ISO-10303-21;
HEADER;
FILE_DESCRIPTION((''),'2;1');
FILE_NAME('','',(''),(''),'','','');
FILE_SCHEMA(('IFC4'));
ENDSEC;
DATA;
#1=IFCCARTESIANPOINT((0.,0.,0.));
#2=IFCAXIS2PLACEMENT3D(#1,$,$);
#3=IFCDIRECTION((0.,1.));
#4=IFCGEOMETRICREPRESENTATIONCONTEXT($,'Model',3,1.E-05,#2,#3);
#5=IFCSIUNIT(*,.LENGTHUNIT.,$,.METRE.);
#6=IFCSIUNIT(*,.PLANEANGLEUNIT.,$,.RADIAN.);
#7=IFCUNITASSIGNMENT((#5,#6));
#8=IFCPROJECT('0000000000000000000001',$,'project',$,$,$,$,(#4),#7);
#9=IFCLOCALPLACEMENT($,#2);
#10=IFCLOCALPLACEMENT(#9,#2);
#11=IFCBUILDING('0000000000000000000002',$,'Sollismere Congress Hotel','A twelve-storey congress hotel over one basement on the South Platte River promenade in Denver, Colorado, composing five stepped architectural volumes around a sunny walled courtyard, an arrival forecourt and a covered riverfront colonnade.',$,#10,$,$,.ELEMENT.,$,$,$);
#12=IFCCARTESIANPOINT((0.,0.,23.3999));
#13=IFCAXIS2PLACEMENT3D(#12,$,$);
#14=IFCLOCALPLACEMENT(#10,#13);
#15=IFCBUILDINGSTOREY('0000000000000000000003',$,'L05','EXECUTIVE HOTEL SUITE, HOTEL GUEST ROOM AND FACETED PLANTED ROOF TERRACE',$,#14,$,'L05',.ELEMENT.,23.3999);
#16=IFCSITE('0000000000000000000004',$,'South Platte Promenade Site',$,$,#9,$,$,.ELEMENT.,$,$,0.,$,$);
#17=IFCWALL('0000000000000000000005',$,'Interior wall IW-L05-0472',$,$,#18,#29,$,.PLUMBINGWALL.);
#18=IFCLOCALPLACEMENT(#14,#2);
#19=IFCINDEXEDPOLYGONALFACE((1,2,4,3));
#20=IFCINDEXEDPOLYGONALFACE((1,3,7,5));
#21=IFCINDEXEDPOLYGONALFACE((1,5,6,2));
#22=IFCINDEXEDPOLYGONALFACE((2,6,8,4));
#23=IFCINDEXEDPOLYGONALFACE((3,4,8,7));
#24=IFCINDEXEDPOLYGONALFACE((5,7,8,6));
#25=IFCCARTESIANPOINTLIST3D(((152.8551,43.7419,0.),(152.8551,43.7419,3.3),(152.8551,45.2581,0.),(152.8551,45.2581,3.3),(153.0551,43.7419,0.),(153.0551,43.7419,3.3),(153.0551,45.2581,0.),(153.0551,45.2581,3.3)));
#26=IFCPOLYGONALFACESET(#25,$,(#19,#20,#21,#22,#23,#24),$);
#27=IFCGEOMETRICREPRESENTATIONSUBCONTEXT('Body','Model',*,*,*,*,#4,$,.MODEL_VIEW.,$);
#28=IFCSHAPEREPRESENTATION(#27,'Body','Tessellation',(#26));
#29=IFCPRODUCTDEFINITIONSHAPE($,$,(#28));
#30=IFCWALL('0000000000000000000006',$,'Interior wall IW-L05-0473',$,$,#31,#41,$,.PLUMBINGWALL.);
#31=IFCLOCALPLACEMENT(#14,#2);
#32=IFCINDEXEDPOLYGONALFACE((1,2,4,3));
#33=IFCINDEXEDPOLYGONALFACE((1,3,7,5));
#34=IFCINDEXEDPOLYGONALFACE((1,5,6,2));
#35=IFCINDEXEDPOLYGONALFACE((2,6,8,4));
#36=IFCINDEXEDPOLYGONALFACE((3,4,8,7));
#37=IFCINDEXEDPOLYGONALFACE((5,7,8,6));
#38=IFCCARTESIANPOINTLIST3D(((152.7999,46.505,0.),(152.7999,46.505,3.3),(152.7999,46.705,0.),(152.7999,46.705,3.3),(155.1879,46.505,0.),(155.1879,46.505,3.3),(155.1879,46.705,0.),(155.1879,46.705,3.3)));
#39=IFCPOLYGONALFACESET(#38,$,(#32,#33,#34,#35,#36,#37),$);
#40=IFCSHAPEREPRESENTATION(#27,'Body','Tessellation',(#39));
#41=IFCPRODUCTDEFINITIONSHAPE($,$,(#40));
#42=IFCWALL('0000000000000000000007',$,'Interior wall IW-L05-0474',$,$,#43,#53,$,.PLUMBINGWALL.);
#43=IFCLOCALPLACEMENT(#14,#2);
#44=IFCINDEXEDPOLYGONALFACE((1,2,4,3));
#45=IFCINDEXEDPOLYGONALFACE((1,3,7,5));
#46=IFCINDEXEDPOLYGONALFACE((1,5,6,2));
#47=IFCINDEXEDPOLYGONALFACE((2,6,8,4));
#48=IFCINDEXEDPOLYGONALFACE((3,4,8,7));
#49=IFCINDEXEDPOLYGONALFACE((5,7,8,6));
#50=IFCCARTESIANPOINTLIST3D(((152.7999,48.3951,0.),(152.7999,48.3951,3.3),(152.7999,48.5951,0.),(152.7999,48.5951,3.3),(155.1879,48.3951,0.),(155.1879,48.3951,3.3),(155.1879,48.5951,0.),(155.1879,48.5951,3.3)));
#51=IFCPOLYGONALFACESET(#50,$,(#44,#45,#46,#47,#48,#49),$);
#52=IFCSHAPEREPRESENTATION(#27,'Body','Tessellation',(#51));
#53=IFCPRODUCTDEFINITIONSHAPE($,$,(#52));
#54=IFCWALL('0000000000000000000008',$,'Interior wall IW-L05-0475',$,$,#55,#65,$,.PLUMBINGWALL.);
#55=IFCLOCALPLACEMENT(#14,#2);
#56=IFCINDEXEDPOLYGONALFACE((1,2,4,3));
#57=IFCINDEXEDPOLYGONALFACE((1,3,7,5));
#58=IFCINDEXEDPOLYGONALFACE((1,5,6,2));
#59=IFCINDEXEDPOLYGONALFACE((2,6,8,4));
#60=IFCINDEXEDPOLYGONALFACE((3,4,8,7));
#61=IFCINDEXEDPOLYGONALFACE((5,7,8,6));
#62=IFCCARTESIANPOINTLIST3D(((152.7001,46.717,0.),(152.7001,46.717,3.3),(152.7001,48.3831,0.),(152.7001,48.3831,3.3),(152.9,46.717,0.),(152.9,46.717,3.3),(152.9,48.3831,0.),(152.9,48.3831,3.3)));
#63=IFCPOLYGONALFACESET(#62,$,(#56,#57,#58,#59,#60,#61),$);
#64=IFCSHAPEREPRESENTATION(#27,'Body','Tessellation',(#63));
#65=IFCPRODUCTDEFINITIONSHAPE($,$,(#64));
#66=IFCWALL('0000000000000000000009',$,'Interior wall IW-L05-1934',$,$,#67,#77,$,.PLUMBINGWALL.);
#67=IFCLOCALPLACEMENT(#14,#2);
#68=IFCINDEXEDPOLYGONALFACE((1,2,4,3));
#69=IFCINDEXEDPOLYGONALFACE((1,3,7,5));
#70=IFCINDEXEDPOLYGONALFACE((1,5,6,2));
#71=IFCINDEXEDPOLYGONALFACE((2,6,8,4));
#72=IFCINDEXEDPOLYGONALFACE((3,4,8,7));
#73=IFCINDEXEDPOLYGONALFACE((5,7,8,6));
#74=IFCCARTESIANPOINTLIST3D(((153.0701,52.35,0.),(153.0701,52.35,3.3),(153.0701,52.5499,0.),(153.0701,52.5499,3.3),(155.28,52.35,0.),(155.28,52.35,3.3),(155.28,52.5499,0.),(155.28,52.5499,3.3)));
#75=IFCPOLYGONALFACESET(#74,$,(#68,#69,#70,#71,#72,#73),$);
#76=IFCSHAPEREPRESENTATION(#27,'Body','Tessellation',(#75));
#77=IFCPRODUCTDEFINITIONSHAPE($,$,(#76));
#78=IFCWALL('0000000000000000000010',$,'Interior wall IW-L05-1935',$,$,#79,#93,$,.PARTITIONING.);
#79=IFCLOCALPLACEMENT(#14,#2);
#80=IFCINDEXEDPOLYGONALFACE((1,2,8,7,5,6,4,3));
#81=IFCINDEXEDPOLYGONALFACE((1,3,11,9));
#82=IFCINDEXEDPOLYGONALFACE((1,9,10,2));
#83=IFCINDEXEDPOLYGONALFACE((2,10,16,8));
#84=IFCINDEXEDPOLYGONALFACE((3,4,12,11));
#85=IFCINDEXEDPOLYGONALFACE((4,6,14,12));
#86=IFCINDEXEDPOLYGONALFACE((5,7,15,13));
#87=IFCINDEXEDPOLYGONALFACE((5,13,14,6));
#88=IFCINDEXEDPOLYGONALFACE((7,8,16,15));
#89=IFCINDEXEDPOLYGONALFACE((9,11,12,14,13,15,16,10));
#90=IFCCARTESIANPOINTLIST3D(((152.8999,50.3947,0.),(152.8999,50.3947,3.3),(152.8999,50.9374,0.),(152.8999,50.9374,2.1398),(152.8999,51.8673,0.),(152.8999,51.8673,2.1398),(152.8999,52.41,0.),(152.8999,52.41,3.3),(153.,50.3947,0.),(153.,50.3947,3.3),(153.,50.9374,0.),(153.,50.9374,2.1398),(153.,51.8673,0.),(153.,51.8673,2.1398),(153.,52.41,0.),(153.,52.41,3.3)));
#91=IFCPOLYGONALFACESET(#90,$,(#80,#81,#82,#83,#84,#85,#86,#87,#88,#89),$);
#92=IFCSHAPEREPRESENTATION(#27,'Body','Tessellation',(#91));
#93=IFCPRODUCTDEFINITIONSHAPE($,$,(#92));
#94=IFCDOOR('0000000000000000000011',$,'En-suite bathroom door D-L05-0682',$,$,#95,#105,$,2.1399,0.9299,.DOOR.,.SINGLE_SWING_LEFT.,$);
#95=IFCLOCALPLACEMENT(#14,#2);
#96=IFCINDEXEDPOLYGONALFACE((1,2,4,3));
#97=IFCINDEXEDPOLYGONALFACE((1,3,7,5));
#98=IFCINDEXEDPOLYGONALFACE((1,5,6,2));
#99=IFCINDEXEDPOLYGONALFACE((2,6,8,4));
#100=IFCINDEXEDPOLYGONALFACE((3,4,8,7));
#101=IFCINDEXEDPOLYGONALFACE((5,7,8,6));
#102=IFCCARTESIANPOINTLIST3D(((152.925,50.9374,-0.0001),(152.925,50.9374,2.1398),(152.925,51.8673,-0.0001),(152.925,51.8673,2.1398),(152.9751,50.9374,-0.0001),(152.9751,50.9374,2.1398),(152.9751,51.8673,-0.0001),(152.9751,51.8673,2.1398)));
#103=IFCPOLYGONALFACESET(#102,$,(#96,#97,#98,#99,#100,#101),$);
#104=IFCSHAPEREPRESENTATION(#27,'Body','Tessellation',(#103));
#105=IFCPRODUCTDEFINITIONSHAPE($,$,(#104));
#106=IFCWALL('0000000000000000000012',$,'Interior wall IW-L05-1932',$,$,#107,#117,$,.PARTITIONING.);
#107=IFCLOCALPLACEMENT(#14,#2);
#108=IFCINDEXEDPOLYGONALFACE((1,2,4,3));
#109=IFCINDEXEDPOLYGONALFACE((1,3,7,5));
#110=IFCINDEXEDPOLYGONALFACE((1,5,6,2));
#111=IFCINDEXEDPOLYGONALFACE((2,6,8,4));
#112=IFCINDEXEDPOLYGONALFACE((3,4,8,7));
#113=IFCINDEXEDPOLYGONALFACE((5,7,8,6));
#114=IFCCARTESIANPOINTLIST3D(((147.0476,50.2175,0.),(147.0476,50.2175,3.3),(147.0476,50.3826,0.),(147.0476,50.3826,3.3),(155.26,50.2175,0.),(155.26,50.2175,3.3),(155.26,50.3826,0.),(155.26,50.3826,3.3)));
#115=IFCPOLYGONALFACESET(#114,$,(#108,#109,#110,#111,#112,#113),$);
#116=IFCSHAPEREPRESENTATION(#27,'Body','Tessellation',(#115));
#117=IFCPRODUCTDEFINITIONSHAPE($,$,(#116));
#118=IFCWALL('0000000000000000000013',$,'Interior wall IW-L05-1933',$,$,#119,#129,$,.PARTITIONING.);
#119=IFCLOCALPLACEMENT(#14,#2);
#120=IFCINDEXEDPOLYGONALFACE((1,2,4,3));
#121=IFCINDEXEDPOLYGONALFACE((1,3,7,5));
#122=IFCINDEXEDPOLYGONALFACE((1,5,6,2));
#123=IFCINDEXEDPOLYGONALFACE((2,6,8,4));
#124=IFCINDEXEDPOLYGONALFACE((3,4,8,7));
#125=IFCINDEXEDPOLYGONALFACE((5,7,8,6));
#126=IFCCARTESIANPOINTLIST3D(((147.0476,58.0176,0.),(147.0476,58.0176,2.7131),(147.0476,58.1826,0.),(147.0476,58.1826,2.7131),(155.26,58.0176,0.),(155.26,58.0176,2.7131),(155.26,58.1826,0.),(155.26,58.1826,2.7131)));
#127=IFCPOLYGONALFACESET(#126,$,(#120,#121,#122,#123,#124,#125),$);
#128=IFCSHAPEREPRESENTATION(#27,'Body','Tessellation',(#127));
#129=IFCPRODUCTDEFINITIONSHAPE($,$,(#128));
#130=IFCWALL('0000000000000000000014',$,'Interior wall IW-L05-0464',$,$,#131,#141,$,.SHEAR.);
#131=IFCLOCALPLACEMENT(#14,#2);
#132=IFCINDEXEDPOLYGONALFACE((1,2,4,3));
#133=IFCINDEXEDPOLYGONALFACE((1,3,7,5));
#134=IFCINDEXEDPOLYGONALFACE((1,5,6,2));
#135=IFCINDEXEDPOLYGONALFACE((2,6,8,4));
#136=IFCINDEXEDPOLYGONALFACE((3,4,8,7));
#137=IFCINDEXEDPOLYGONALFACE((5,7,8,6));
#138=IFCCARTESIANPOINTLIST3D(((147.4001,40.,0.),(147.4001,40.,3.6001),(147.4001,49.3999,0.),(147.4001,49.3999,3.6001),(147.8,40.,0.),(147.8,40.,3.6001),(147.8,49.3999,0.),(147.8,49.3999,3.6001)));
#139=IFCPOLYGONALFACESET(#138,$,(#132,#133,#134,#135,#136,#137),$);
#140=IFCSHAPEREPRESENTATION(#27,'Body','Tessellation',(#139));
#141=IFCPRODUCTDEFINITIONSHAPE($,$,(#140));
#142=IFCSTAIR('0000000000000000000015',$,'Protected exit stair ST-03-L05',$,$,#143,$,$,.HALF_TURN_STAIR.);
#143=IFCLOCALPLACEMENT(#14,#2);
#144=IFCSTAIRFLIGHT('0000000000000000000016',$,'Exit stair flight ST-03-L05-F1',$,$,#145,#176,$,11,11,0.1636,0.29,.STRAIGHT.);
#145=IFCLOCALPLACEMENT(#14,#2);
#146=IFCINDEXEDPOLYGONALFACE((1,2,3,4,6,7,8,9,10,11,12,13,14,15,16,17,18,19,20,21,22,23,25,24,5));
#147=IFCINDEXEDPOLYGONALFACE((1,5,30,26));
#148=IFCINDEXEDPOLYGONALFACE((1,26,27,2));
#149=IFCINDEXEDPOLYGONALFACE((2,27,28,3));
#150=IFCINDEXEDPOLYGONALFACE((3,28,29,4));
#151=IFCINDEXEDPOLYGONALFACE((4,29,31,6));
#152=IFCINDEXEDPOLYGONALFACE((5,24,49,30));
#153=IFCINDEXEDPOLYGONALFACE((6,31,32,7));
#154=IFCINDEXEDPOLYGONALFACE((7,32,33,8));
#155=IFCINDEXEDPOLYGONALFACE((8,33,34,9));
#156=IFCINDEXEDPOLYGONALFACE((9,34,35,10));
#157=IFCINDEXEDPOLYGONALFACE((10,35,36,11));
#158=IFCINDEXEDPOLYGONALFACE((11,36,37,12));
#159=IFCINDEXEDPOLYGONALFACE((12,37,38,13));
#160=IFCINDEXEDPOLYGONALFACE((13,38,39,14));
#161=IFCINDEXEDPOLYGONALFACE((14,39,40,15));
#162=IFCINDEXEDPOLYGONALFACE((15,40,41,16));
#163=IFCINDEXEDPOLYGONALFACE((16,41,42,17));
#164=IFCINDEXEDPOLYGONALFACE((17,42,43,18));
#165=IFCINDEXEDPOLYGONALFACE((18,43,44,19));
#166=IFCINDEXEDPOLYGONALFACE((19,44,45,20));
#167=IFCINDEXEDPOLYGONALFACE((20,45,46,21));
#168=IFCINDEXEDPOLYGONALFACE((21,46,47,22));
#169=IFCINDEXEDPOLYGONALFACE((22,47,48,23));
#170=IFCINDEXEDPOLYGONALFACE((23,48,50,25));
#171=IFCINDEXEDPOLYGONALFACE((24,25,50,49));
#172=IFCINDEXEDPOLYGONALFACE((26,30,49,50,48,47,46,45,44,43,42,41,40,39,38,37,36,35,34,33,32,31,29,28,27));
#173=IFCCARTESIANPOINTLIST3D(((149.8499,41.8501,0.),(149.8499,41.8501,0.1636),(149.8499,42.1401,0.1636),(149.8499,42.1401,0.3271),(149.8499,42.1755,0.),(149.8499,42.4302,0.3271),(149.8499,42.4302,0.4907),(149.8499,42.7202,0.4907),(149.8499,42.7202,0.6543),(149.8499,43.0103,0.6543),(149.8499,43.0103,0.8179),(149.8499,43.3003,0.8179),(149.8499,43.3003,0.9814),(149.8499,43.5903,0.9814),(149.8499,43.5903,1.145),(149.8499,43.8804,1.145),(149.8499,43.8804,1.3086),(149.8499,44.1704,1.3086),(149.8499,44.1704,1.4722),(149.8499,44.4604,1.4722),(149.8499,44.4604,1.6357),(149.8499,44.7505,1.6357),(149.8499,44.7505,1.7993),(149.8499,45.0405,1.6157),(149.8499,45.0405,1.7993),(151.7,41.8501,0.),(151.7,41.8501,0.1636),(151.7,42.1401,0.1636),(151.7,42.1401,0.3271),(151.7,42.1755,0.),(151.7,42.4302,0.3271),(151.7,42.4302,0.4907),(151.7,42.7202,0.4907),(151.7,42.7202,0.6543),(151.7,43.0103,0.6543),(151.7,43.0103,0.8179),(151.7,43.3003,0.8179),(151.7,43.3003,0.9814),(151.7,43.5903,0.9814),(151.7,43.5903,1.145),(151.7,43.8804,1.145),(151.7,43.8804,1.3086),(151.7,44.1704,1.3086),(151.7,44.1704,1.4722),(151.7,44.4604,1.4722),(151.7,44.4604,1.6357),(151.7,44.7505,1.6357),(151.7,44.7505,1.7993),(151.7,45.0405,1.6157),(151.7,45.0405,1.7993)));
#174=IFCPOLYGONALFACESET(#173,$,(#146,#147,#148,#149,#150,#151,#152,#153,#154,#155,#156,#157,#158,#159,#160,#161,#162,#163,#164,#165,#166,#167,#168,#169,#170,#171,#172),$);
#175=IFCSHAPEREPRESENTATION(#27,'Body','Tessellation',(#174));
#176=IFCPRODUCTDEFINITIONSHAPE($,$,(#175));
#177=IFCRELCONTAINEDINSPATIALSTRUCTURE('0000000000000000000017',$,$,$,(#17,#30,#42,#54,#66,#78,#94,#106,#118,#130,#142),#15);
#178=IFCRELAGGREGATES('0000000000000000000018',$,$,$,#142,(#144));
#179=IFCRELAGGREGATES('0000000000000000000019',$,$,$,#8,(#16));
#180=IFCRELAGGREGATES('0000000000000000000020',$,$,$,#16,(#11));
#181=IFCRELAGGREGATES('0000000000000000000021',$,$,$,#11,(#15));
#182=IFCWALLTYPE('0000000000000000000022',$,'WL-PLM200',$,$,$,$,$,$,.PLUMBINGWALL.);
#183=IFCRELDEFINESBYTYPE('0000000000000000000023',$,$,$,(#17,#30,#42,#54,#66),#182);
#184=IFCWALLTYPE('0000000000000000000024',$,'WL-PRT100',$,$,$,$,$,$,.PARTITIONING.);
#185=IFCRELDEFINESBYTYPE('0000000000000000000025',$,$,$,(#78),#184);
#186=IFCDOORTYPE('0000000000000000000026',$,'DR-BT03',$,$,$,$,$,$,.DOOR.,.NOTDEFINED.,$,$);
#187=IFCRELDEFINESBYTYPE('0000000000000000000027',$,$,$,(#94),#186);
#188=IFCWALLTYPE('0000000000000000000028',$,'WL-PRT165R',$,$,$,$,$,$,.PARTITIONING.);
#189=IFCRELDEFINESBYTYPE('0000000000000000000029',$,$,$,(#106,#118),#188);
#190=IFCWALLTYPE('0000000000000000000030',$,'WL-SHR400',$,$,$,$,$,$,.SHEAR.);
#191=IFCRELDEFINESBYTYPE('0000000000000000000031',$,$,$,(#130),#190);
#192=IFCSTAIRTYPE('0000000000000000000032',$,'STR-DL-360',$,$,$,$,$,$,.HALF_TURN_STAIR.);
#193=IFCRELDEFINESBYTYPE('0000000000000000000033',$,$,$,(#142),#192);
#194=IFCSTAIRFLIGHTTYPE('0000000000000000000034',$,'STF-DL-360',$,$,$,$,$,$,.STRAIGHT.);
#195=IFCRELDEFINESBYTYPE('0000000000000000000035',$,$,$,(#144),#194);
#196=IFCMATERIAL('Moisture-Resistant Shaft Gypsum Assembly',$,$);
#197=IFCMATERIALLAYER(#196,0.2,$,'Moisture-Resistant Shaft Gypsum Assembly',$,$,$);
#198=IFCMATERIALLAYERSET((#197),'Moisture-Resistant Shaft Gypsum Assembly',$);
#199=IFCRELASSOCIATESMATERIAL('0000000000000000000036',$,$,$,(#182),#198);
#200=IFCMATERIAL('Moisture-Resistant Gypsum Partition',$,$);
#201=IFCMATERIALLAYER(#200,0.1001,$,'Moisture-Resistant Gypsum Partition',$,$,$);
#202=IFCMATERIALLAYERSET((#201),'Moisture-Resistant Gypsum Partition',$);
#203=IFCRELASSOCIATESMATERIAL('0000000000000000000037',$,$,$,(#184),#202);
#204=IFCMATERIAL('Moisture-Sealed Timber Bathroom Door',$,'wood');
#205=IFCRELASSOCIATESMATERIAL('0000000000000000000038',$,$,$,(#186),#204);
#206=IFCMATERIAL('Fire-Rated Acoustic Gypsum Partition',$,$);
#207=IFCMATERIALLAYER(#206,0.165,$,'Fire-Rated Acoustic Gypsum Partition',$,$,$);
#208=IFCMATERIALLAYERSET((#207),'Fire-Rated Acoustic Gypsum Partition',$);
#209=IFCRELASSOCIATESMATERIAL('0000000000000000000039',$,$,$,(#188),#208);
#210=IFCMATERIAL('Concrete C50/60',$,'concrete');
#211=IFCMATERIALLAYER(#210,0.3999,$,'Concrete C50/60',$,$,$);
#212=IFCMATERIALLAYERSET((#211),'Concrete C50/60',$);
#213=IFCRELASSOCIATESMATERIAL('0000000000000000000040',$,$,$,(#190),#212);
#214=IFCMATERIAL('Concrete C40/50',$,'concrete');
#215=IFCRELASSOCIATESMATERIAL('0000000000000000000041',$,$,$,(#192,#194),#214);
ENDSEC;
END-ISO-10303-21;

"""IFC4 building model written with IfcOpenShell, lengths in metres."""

from ifc_helpers import new_model, si_unit, direction, frame, frame_2d, origin, place, context, subcontext, project, spatial, polyline, rectangle, outline, extrude, material, layer, layer_set, type_object, element, fill, aggregate, save


model = new_model("IFC4")

# Units and contexts
model_context = context("Model", 3, precision=1e-05, world=origin(), true_north=direction((0.0, 1.0)))
body_context = subcontext(model_context, "Body", "Model", "MODEL_VIEW")
ifc_project = project(units=[si_unit("LENGTHUNIT", "METRE"), si_unit("PLANEANGLEUNIT", "RADIAN")], contexts=[model_context])

# Site, building, storey
site_placement = place(None, origin())
site = spatial("IfcSite", under=ifc_project, at=site_placement, Name="South Platte Promenade Site", CompositionType="ELEMENT", RefElevation=0.0)
building_placement = place(site_placement, origin())
building = spatial("IfcBuilding", under=site, at=building_placement, Name="Sollismere Congress Hotel", Description="A twelve-storey congress hotel over one basement on the South Platte River promenade in Denver, Colorado, composing five stepped architectural volumes around a sunny walled courtyard, an arrival forecourt and a covered riverfront colonnade.", CompositionType="ELEMENT")
storey_placement = place(building_placement, frame((0.0, 0.0, 23.3999)))
storey = spatial("IfcBuildingStorey", under=building, at=storey_placement, Name="L05", Description="EXECUTIVE HOTEL SUITE, HOTEL GUEST ROOM AND FACETED PLANTED ROOF TERRACE", LongName="L05", CompositionType="ELEMENT", Elevation=23.3999)

# Walls
ifc_material_1 = material(Name="Moisture-Resistant Shaft Gypsum Assembly")
ifc_layer_1 = layer(ifc_material_1, 0.2, Name="Moisture-Resistant Shaft Gypsum Assembly")
ifc_layer_set_1 = layer_set([ifc_layer_1], Name="Moisture-Resistant Shaft Gypsum Assembly")
wall_type_1 = type_object("IfcWallType", Name="WL-PLM200", PredefinedType="PLUMBINGWALL", material=ifc_layer_set_1)
wall_1_placement = place(storey_placement, frame((152.9551, 43.7419, 0.0), z_axis=(0.0, 0.0, 1.0), x_axis=(0.0, 1.0, 0.0)))
element("IfcWall", 1, at=wall_1_placement, inside=storey, type_object=wall_type_1, Name="Interior wall IW-L05-0472", PredefinedType="PLUMBINGWALL", context=body_context, shape_type="SweptSolid", body=[
    extrude(rectangle(XDim=1.5161, YDim=0.2, at=frame_2d((0.7581, 0.0))), origin(), (0.0, 0.0, 1.0), 3.3),
])
for number, where, z_axis, x_axis, name in (
    (2, (152.8, 46.605, 0.0), (0.0, 0.0, 1.0), (1.0, 0.0, 0.0), "Interior wall IW-L05-0473"),
    (3, (152.8, 48.4951, 0.0), (0.0, 0.0, 1.0), (1.0, 0.0, 0.0), "Interior wall IW-L05-0474"),
):
    element("IfcWall", number, at=place(storey_placement, frame(where, z_axis=z_axis, x_axis=x_axis)), inside=storey, type_object=wall_type_1, Name=name, PredefinedType="PLUMBINGWALL", context=body_context, shape_type="SweptSolid", body=[
        extrude(rectangle(XDim=2.3879, YDim=0.2, at=frame_2d((1.1938, 0.0))), origin(), (0.0, 0.0, 1.0), 3.3),
    ])
wall_2_placement = place(storey_placement, frame((152.8, 46.717, 0.0), z_axis=(0.0, 0.0, 1.0), x_axis=(0.0, 1.0, 0.0)))
element("IfcWall", 4, at=wall_2_placement, inside=storey, type_object=wall_type_1, Name="Interior wall IW-L05-0475", PredefinedType="PLUMBINGWALL", context=body_context, shape_type="SweptSolid", body=[
    extrude(rectangle(XDim=1.666, YDim=0.2, at=frame_2d((0.833, 0.0))), origin(), (0.0, 0.0, 1.0), 3.3),
])
wall_3_placement = place(storey_placement, frame((153.0701, 52.45, 0.0), z_axis=(0.0, 0.0, 1.0), x_axis=(1.0, 0.0, 0.0)))
element("IfcWall", 5, at=wall_3_placement, inside=storey, type_object=wall_type_1, Name="Interior wall IW-L05-1934", PredefinedType="PLUMBINGWALL", context=body_context, shape_type="SweptSolid", body=[
    extrude(rectangle(XDim=2.21, YDim=0.2, at=frame_2d((1.105, 0.0))), origin(), (0.0, 0.0, 1.0), 3.3),
])

# Wall, opening, door
ifc_material_2 = material(Name="Moisture-Resistant Gypsum Partition")
ifc_layer_2 = layer(ifc_material_2, 0.1001, Name="Moisture-Resistant Gypsum Partition")
ifc_layer_set_2 = layer_set([ifc_layer_2], Name="Moisture-Resistant Gypsum Partition")
wall_type_2 = type_object("IfcWallType", Name="WL-PRT100", PredefinedType="PARTITIONING", material=ifc_layer_set_2)
wall_4_placement = place(storey_placement, frame((152.95, 50.3945, 0.0), z_axis=(0.0, 0.0, 1.0), x_axis=(0.0, 1.0, 0.0)))
wall_4 = element("IfcWall", 6, at=wall_4_placement, inside=storey, type_object=wall_type_2, Name="Interior wall IW-L05-1935", PredefinedType="PARTITIONING", context=body_context, shape_type="SweptSolid", body=[
    extrude(rectangle(XDim=2.0154, YDim=0.1001, at=frame_2d((1.0078, 0.0))), origin(), (0.0, 0.0, 1.0), 3.3),
])
opening_1_placement = place(wall_4_placement, frame((0.543, 0.0, 0.0)))
opening_1 = element("IfcOpeningElement", 7, at=opening_1_placement, cuts=wall_4, PredefinedType="OPENING", context=body_context, shape_type="SweptSolid", body=[
    extrude(rectangle(XDim=0.9299, YDim=2.1399, at=frame_2d((0.4648, 1.0698))), frame((0.0, 0.0601, 0.0), z_axis=(0.0, -1.0, 0.0), x_axis=(1.0, 0.0, 0.0)), (0.0, 0.0, 1.0), 0.1201),
])
ifc_material_3 = material(Name="Moisture-Sealed Timber Bathroom Door", Category="wood")
door_type = type_object("IfcDoorType", Name="DR-BT03", OperationType="NOTDEFINED", PredefinedType="DOOR", material=ifc_material_3)
door_placement = place(opening_1_placement, origin())
door = element("IfcDoor", 8, at=door_placement, inside=storey, type_object=door_type, Name="En-suite bathroom door D-L05-0682", OperationType="SINGLE_SWING_LEFT", OverallHeight=2.1399, OverallWidth=0.9299, PredefinedType="DOOR", context=body_context, shape_type="SweptSolid", body=[
    extrude(rectangle(XDim=0.9299, YDim=2.1399, at=frame_2d((0.4648, 1.0698))), frame((0.0, 0.0249, 0.0), z_axis=(0.0, -1.0, 0.0), x_axis=(1.0, 0.0, 0.0)), (0.0, 0.0, 1.0), 0.05),
])
fill(opening_1, door)

# Walls
ifc_material_4 = material(Name="Fire-Rated Acoustic Gypsum Partition")
ifc_layer_3 = layer(ifc_material_4, 0.165, Name="Fire-Rated Acoustic Gypsum Partition")
ifc_layer_set_3 = layer_set([ifc_layer_3], Name="Fire-Rated Acoustic Gypsum Partition")
wall_type_3 = type_object("IfcWallType", Name="WL-PRT165R", PredefinedType="PARTITIONING", material=ifc_layer_set_3)
wall_5_placement = place(storey_placement, frame((147.0476, 50.3, 0.0), z_axis=(0.0, 0.0, 1.0), x_axis=(1.0, 0.0, 0.0)))
element("IfcWall", 9, at=wall_5_placement, inside=storey, type_object=wall_type_3, Name="Interior wall IW-L05-1932", PredefinedType="PARTITIONING", context=body_context, shape_type="SweptSolid", body=[
    extrude(rectangle(XDim=8.2124, YDim=0.165, at=frame_2d((4.1062, 0.0))), origin(), (0.0, 0.0, 1.0), 3.3),
])
wall_6_placement = place(storey_placement, frame((147.0476, 58.1001, 0.0), z_axis=(0.0, 0.0, 1.0), x_axis=(1.0, 0.0, 0.0)))
element("IfcWall", 10, at=wall_6_placement, inside=storey, type_object=wall_type_3, Name="Interior wall IW-L05-1933", PredefinedType="PARTITIONING", context=body_context, shape_type="SweptSolid", body=[
    extrude(rectangle(XDim=8.2124, YDim=0.165, at=frame_2d((4.1062, 0.0))), origin(), (0.0, 0.0, 1.0), 2.7131),
])
ifc_material_5 = material(Name="Concrete C50/60", Category="concrete")
ifc_layer_4 = layer(ifc_material_5, 0.3999, Name="Concrete C50/60")
ifc_layer_set_4 = layer_set([ifc_layer_4], Name="Concrete C50/60")
wall_type_4 = type_object("IfcWallType", Name="WL-SHR400", PredefinedType="SHEAR", material=ifc_layer_set_4)
wall_7_placement = place(storey_placement, frame((147.6001, 49.3999, 0.0), z_axis=(0.0, 0.0, 1.0), x_axis=(0.0, -1.0, 0.0)))
element("IfcWall", 11, at=wall_7_placement, inside=storey, type_object=wall_type_4, Name="Interior wall IW-L05-0464", PredefinedType="SHEAR", context=body_context, shape_type="SweptSolid", body=[
    extrude(rectangle(XDim=9.3999, YDim=0.3999, at=frame_2d((4.7, 0.0))), origin(), (0.0, 0.0, 1.0), 3.6001),
])

# Stair, stair flight
ifc_material_6 = material(Name="Concrete C40/50", Category="concrete")
stair_type = type_object("IfcStairType", Name="STR-DL-360", PredefinedType="HALF_TURN_STAIR", material=ifc_material_6)
stair_placement = place(storey_placement, origin())
stair = element("IfcStair", 12, at=stair_placement, inside=storey, type_object=stair_type, Name="Protected exit stair ST-03-L05", PredefinedType="HALF_TURN_STAIR")
stair_flight_type = type_object("IfcStairFlightType", Name="STF-DL-360", PredefinedType="STRAIGHT", material=ifc_material_6)
stair_flight_1_placement = place(storey_placement, frame((150.7749, 41.8501, 0.0), z_axis=(0.0, 0.0, 1.0), x_axis=(0.0, 1.0, 0.0)))
stair_flight_1 = element("IfcStairFlight", 13, at=stair_flight_1_placement, type_object=stair_flight_type, Name="Exit stair flight ST-03-L05-F1", NumberOfRisers=11, NumberOfTreads=11, PredefinedType="STRAIGHT", RiserHeight=0.1636, TreadLength=0.29, context=body_context, shape_type="SweptSolid", body=[
    extrude(outline(polyline([(0.0, 0.0), (0.0, 0.1636), (0.29, 0.1636), (0.29, 0.3271), (0.5801, 0.3271), (0.5801, 0.4907), (0.8701, 0.4907), (0.8701, 0.6543), (1.1602, 0.6543), (1.1602, 0.8179), (1.4502, 0.8179), (1.4502, 0.9814), (1.7402, 0.9814), (1.7402, 1.145), (2.0303, 1.145), (2.0303, 1.3086), (2.3203, 1.3086), (2.3203, 1.4722), (2.6104, 1.4722), (2.6104, 1.6357), (2.9004, 1.6357), (2.9004, 1.7993), (3.1904, 1.7993), (3.1904, 1.6157), (0.3254, 0.0), (0.0, 0.0)])), frame((0.0, 0.925, 0.0), z_axis=(0.0, -1.0, 0.0), x_axis=(1.0, 0.0, 0.0)), (0.0, 0.0, 1.0), 1.8501),
])
aggregate(stair, [stair_flight_1])

save(model, "model.ifc")
